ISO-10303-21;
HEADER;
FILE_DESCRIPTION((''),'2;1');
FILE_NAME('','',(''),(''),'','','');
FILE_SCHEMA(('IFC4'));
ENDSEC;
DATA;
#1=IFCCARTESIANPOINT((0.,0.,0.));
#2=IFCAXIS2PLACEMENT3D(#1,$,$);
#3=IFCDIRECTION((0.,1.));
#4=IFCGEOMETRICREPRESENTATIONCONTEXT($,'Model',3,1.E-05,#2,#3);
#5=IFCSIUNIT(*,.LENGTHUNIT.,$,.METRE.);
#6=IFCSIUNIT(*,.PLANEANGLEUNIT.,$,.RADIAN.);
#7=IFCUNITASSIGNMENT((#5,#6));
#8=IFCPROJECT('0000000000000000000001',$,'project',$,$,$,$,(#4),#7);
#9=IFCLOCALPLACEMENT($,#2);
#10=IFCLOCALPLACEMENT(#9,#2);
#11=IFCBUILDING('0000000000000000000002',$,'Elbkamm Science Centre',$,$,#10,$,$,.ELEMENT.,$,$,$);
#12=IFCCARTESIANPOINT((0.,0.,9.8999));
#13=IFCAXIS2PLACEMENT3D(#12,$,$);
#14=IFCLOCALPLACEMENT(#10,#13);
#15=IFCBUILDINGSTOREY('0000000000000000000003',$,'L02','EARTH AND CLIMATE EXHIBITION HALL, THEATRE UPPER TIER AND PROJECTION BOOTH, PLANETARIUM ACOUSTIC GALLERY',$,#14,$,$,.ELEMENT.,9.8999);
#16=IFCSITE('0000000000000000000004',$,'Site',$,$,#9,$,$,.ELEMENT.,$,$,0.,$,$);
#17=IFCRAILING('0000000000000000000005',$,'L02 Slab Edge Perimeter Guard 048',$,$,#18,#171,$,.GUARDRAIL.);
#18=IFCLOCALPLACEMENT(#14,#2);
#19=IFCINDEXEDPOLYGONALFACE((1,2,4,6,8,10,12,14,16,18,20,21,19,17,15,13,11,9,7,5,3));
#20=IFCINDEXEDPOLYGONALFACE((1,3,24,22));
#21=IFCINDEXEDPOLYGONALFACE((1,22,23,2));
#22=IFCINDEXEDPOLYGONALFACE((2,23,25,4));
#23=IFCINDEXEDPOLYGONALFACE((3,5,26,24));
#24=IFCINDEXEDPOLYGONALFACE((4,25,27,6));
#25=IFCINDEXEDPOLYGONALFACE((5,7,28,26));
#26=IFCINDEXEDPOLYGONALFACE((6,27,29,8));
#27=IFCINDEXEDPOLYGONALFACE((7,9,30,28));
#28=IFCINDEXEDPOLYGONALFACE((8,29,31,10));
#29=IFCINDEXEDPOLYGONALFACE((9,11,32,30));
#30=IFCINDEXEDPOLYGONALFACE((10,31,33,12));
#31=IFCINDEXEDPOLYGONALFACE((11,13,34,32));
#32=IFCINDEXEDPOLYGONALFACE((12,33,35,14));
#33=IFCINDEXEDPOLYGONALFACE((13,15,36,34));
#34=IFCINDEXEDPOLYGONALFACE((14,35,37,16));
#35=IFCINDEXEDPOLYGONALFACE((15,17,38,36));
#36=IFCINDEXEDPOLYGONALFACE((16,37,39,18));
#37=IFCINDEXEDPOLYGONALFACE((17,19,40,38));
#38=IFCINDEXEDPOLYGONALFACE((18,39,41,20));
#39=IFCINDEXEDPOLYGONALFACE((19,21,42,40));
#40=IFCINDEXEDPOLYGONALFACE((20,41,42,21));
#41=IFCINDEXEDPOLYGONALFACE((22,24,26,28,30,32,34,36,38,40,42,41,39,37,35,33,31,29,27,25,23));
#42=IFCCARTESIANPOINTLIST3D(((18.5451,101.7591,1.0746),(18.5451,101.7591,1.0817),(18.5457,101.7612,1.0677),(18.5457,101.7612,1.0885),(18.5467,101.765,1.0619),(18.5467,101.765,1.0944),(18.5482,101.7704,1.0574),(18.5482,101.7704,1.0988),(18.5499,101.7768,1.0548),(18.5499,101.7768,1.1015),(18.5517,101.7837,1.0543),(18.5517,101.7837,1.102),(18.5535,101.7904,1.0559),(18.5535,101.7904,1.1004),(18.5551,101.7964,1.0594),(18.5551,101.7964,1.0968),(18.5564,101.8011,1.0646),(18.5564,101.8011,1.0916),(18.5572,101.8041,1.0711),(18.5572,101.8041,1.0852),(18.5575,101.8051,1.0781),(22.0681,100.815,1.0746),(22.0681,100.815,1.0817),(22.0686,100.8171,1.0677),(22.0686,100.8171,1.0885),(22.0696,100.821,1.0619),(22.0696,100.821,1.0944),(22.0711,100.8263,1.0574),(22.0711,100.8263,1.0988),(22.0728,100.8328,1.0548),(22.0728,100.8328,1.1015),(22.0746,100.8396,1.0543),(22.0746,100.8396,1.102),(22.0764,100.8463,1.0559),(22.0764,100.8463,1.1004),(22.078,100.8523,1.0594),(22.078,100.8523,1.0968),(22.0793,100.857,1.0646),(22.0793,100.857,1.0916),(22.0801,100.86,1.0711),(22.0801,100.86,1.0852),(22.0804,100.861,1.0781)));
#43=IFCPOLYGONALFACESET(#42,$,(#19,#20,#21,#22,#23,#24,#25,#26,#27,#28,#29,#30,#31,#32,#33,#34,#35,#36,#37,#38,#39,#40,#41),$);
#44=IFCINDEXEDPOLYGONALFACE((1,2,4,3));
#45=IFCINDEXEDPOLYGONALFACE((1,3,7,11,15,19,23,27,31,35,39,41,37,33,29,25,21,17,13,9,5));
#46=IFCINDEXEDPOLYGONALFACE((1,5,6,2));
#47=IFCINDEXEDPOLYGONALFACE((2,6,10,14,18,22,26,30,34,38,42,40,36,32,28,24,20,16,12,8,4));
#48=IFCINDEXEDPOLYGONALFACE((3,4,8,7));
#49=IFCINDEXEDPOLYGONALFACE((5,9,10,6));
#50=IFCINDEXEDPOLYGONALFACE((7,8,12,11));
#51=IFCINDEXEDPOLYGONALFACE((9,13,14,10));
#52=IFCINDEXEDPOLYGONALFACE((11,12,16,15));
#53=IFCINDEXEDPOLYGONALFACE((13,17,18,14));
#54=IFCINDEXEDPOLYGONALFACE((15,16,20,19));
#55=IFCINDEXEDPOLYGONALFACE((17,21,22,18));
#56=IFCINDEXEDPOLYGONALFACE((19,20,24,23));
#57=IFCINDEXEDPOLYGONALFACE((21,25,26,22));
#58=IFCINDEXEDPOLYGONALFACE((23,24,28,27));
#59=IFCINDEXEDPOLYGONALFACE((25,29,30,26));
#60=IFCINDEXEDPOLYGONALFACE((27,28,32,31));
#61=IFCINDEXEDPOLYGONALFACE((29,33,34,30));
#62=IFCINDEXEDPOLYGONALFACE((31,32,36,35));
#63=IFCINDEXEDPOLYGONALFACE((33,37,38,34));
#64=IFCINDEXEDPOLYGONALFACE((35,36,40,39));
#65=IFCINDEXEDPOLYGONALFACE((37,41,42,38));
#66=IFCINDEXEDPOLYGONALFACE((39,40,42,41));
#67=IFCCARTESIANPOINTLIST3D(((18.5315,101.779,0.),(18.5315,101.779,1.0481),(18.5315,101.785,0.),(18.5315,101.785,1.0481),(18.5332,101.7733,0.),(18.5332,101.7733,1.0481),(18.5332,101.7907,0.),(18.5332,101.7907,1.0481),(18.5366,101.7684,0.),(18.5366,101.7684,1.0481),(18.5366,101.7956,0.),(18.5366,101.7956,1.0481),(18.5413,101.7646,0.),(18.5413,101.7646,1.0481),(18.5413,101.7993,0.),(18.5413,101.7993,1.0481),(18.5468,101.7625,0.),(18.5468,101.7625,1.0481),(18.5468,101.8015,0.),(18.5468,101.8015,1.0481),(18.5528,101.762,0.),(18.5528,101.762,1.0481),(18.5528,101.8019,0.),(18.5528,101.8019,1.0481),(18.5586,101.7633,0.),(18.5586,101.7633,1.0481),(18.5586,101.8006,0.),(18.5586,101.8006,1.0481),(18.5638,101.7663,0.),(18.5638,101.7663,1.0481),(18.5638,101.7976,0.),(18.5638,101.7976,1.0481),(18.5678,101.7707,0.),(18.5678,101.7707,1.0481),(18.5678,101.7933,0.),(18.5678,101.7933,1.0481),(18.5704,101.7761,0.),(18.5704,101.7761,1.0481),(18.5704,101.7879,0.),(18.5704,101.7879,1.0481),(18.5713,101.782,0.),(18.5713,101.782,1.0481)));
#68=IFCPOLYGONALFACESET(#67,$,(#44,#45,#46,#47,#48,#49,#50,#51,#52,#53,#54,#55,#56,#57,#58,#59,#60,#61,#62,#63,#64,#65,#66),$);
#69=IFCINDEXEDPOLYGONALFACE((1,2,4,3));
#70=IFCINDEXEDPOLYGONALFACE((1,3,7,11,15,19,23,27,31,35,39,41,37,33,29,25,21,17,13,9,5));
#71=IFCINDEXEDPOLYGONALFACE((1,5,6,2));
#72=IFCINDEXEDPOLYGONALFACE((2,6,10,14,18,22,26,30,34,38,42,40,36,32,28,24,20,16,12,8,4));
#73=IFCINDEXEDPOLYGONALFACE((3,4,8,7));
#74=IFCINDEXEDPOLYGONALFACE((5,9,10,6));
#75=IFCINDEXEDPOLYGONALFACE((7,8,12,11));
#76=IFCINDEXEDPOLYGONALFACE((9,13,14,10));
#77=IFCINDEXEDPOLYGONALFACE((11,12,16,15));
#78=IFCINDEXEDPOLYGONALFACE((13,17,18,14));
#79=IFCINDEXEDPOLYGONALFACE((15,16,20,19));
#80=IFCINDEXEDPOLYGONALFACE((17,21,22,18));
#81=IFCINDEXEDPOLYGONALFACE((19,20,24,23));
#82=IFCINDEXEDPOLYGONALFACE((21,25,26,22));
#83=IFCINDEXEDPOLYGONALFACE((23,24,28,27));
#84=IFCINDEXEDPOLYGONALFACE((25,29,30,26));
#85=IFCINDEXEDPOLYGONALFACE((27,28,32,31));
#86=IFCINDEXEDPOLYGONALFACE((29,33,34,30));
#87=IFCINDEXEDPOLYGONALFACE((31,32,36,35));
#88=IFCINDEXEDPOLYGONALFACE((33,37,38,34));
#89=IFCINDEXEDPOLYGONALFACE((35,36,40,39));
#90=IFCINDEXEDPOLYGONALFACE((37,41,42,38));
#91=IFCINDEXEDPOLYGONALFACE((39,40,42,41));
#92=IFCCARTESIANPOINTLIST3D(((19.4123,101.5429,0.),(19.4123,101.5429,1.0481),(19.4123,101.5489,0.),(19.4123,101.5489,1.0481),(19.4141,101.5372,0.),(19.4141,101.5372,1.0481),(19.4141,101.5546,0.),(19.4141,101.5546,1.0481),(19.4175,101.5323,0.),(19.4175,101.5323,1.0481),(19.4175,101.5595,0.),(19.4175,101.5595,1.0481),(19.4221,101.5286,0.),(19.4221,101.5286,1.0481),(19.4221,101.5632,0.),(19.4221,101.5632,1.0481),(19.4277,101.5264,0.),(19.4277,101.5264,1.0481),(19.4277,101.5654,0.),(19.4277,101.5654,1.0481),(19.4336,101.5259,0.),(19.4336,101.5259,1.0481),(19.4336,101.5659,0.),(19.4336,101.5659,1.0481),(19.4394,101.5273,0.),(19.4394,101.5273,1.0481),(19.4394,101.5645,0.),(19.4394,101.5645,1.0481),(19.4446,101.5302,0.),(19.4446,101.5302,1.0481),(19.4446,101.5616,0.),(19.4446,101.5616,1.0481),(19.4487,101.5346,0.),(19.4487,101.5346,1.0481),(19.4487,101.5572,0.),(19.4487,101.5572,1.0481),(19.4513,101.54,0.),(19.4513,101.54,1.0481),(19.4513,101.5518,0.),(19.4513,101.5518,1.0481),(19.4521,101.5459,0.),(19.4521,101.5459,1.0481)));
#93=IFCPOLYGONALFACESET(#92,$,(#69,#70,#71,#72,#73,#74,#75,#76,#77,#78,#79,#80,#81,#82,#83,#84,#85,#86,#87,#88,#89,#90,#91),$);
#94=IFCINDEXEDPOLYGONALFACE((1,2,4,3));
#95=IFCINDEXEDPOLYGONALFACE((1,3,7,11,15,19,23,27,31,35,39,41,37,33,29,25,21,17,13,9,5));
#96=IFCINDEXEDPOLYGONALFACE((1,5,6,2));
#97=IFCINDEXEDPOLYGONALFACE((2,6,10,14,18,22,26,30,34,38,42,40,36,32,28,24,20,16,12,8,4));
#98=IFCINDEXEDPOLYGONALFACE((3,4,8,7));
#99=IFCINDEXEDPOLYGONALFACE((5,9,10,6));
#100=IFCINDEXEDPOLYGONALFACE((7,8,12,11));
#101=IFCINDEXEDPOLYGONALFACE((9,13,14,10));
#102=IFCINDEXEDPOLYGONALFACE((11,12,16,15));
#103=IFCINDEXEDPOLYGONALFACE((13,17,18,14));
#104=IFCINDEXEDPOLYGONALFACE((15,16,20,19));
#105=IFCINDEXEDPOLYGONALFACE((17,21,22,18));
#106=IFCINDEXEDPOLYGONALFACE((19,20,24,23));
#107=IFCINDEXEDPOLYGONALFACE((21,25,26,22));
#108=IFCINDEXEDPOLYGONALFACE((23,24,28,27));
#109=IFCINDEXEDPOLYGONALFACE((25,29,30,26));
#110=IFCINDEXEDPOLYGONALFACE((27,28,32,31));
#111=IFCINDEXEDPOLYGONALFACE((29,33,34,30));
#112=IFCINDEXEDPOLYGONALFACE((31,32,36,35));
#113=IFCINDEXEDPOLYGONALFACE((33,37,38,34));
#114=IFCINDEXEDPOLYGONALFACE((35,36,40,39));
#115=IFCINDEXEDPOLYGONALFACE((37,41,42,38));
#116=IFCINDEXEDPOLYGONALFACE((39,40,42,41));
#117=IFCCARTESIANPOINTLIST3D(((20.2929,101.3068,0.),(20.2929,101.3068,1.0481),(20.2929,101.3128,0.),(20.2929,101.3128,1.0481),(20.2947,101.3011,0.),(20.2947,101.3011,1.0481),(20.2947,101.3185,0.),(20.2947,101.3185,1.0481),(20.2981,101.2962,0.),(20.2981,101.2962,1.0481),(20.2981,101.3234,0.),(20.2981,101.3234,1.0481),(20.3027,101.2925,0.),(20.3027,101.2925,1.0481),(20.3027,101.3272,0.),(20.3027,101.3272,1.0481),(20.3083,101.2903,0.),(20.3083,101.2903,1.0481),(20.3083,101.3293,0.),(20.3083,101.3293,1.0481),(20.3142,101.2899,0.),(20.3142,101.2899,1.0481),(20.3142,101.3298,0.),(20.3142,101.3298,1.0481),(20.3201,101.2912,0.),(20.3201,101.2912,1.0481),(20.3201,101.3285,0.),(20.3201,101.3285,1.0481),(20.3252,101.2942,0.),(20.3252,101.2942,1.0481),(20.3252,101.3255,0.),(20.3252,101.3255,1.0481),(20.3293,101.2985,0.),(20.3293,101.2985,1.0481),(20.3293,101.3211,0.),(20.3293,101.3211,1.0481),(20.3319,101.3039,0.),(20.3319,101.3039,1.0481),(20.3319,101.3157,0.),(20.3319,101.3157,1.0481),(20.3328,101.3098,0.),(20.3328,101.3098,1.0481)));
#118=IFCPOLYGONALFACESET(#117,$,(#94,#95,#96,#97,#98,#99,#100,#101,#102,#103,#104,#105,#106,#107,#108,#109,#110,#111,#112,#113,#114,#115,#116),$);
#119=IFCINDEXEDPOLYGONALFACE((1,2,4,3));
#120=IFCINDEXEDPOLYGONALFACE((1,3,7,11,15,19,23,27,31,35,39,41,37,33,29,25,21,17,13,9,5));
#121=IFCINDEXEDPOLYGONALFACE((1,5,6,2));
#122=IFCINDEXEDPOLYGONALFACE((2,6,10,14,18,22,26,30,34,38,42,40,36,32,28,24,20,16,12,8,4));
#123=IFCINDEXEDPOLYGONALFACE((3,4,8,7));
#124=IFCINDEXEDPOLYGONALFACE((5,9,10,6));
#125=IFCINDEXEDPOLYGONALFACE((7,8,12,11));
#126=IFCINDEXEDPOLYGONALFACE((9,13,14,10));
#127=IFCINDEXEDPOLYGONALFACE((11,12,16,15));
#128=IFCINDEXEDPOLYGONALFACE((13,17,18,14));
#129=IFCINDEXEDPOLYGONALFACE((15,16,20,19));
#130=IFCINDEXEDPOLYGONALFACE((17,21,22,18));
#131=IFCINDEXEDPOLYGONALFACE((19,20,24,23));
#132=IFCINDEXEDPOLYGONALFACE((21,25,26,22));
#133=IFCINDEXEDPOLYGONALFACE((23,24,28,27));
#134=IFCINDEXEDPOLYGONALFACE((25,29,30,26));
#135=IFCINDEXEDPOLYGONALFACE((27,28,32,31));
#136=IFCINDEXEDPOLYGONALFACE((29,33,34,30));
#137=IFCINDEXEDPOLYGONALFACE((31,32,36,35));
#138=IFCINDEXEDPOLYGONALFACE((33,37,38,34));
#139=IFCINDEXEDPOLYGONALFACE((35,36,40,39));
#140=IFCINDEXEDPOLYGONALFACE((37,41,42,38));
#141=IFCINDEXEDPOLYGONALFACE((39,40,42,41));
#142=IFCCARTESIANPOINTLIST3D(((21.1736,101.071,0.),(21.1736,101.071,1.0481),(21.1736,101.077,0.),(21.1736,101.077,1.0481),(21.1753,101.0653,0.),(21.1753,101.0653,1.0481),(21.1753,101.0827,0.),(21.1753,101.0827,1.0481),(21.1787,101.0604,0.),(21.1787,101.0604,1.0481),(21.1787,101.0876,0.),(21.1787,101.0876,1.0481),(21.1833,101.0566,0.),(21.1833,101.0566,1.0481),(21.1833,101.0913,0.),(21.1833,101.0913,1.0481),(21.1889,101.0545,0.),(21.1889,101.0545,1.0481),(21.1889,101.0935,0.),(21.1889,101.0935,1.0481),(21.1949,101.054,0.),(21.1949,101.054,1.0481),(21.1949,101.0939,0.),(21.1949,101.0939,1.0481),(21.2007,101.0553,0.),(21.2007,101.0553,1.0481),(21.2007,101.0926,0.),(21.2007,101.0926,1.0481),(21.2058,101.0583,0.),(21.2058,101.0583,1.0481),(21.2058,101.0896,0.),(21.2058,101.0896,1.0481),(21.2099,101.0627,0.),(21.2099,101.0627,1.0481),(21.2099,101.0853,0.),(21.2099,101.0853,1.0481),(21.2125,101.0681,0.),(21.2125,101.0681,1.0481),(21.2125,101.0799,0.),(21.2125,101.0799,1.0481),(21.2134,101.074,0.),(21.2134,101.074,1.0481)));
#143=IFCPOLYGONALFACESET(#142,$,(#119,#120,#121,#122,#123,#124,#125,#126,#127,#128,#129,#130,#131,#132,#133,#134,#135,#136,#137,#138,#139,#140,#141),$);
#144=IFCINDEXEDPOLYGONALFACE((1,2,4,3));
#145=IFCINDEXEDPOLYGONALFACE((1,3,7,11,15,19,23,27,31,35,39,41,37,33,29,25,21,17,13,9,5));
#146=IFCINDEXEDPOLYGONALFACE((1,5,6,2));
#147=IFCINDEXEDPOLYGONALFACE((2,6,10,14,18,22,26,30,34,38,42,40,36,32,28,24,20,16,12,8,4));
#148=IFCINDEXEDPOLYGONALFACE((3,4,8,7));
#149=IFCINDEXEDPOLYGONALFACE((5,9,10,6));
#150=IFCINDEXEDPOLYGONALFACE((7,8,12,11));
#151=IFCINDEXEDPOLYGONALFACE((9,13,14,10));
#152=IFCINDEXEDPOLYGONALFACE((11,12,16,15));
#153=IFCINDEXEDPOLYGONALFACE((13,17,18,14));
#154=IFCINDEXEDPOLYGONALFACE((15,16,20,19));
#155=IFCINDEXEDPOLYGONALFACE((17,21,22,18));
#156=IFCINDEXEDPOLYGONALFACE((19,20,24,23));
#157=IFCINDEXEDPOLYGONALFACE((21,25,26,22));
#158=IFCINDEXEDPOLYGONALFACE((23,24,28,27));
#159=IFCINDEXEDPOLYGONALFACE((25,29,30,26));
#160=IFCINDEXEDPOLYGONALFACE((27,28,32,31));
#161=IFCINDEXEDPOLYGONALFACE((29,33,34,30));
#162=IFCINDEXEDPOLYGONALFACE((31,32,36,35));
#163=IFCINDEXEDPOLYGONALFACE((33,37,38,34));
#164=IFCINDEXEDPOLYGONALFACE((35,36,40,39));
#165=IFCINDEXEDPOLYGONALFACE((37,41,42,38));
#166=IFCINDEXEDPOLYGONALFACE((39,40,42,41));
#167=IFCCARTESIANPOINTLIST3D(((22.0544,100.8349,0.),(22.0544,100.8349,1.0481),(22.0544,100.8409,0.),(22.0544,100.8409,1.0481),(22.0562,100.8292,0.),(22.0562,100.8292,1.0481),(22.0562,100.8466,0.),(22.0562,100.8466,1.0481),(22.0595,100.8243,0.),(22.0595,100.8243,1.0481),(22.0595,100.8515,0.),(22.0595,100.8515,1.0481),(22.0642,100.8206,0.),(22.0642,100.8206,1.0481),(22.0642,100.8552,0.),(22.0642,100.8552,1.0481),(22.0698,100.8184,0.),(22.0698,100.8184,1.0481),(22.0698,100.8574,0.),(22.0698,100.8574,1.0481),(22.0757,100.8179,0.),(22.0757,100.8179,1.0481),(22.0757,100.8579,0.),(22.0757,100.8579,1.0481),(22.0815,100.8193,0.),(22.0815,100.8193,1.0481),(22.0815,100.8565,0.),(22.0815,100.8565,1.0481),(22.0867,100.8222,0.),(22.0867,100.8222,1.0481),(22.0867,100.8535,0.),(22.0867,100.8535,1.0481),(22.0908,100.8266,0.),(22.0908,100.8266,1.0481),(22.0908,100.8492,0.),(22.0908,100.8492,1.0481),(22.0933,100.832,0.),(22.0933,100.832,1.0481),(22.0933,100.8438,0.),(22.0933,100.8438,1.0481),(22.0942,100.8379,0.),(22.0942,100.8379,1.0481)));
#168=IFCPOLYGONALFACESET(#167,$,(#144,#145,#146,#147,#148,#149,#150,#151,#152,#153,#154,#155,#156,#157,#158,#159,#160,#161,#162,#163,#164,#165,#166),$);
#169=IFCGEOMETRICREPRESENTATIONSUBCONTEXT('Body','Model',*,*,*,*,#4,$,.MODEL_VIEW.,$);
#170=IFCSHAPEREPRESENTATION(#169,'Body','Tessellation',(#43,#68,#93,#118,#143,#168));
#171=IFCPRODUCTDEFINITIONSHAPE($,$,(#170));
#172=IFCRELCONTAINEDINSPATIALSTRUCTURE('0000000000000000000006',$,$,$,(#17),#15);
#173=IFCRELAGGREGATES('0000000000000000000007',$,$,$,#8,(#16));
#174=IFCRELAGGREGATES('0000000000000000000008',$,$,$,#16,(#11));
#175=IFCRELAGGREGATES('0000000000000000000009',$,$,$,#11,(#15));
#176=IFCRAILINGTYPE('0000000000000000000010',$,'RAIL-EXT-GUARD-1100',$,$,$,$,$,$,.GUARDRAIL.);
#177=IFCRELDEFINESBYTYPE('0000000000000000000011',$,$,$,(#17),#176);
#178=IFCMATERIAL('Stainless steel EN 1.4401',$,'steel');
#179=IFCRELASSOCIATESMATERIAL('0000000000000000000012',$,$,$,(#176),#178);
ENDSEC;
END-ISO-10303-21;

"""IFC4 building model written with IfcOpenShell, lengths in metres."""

from ifc_helpers import new_model, si_unit, direction, frame, origin, origin_2d, place, context, subcontext, project, spatial, circle, extrude, material, type_object, element, save


model = new_model("IFC4")

# Units and contexts
model_context = context("Model", 3, precision=1e-05, world=origin(), true_north=direction((0.0, 1.0)))
body_context = subcontext(model_context, "Body", "Model", "MODEL_VIEW")
ifc_project = project(units=[si_unit("LENGTHUNIT", "METRE"), si_unit("PLANEANGLEUNIT", "RADIAN")], contexts=[model_context])

# Site, building, storey
site_placement = place(None, origin())
site = spatial("IfcSite", under=ifc_project, at=site_placement, Name="Site", CompositionType="ELEMENT", RefElevation=0.0)
building_placement = place(site_placement, origin())
building = spatial("IfcBuilding", under=site, at=building_placement, Name="Elbkamm Science Centre", CompositionType="ELEMENT")
storey_placement = place(building_placement, frame((0.0, 0.0, 9.8999)))
storey = spatial("IfcBuildingStorey", under=building, at=storey_placement, Name="L02", Description="EARTH AND CLIMATE EXHIBITION HALL, THEATRE UPPER TIER AND PROJECTION BOOTH, PLANETARIUM ACOUSTIC GALLERY", CompositionType="ELEMENT", Elevation=9.8999)

# Railing
ifc_material_1 = material(Name="Stainless steel EN 1.4401", Category="steel")
railing_type_1 = type_object("IfcRailingType", Name="RAIL-EXT-GUARD-1100", PredefinedType="GUARDRAIL", material=ifc_material_1)
railing_1_placement = place(storey_placement, frame((18.5513, 101.782, 0.0)))
element("IfcRailing", 1, at=railing_1_placement, inside=storey, type_object=railing_type_1, Name="L02 Slab Edge Perimeter Guard 048", PredefinedType="GUARDRAIL", context=body_context, shape_type="SweptSolid", body=[
    extrude(circle(Radius=0.0239, at=origin_2d()), frame((0.0, 0.0, 1.0781), z_axis=(0.965918, -0.25885, 0.0), x_axis=(0.25885, 0.965918, 0.0)), (0.0, 0.0, 1.0), 3.6472),
    extrude(circle(Radius=0.02, at=origin_2d()), origin(), (0.0, 0.0, 1.0), 1.0481),
    extrude(circle(Radius=0.02, at=origin_2d()), frame((0.8809, -0.2361, 0.0)), (0.0, 0.0, 1.0), 1.0481),
    extrude(circle(Radius=0.02, at=origin_2d()), frame((1.7615, -0.4722, 0.0)), (0.0, 0.0, 1.0), 1.0481),
    extrude(circle(Radius=0.02, at=origin_2d()), frame((2.6421, -0.708, 0.0)), (0.0, 0.0, 1.0), 1.0481),
    extrude(circle(Radius=0.02, at=origin_2d()), frame((3.5229, -0.9441, 0.0)), (0.0, 0.0, 1.0), 1.0481),
])

save(model, "model.ifc")
